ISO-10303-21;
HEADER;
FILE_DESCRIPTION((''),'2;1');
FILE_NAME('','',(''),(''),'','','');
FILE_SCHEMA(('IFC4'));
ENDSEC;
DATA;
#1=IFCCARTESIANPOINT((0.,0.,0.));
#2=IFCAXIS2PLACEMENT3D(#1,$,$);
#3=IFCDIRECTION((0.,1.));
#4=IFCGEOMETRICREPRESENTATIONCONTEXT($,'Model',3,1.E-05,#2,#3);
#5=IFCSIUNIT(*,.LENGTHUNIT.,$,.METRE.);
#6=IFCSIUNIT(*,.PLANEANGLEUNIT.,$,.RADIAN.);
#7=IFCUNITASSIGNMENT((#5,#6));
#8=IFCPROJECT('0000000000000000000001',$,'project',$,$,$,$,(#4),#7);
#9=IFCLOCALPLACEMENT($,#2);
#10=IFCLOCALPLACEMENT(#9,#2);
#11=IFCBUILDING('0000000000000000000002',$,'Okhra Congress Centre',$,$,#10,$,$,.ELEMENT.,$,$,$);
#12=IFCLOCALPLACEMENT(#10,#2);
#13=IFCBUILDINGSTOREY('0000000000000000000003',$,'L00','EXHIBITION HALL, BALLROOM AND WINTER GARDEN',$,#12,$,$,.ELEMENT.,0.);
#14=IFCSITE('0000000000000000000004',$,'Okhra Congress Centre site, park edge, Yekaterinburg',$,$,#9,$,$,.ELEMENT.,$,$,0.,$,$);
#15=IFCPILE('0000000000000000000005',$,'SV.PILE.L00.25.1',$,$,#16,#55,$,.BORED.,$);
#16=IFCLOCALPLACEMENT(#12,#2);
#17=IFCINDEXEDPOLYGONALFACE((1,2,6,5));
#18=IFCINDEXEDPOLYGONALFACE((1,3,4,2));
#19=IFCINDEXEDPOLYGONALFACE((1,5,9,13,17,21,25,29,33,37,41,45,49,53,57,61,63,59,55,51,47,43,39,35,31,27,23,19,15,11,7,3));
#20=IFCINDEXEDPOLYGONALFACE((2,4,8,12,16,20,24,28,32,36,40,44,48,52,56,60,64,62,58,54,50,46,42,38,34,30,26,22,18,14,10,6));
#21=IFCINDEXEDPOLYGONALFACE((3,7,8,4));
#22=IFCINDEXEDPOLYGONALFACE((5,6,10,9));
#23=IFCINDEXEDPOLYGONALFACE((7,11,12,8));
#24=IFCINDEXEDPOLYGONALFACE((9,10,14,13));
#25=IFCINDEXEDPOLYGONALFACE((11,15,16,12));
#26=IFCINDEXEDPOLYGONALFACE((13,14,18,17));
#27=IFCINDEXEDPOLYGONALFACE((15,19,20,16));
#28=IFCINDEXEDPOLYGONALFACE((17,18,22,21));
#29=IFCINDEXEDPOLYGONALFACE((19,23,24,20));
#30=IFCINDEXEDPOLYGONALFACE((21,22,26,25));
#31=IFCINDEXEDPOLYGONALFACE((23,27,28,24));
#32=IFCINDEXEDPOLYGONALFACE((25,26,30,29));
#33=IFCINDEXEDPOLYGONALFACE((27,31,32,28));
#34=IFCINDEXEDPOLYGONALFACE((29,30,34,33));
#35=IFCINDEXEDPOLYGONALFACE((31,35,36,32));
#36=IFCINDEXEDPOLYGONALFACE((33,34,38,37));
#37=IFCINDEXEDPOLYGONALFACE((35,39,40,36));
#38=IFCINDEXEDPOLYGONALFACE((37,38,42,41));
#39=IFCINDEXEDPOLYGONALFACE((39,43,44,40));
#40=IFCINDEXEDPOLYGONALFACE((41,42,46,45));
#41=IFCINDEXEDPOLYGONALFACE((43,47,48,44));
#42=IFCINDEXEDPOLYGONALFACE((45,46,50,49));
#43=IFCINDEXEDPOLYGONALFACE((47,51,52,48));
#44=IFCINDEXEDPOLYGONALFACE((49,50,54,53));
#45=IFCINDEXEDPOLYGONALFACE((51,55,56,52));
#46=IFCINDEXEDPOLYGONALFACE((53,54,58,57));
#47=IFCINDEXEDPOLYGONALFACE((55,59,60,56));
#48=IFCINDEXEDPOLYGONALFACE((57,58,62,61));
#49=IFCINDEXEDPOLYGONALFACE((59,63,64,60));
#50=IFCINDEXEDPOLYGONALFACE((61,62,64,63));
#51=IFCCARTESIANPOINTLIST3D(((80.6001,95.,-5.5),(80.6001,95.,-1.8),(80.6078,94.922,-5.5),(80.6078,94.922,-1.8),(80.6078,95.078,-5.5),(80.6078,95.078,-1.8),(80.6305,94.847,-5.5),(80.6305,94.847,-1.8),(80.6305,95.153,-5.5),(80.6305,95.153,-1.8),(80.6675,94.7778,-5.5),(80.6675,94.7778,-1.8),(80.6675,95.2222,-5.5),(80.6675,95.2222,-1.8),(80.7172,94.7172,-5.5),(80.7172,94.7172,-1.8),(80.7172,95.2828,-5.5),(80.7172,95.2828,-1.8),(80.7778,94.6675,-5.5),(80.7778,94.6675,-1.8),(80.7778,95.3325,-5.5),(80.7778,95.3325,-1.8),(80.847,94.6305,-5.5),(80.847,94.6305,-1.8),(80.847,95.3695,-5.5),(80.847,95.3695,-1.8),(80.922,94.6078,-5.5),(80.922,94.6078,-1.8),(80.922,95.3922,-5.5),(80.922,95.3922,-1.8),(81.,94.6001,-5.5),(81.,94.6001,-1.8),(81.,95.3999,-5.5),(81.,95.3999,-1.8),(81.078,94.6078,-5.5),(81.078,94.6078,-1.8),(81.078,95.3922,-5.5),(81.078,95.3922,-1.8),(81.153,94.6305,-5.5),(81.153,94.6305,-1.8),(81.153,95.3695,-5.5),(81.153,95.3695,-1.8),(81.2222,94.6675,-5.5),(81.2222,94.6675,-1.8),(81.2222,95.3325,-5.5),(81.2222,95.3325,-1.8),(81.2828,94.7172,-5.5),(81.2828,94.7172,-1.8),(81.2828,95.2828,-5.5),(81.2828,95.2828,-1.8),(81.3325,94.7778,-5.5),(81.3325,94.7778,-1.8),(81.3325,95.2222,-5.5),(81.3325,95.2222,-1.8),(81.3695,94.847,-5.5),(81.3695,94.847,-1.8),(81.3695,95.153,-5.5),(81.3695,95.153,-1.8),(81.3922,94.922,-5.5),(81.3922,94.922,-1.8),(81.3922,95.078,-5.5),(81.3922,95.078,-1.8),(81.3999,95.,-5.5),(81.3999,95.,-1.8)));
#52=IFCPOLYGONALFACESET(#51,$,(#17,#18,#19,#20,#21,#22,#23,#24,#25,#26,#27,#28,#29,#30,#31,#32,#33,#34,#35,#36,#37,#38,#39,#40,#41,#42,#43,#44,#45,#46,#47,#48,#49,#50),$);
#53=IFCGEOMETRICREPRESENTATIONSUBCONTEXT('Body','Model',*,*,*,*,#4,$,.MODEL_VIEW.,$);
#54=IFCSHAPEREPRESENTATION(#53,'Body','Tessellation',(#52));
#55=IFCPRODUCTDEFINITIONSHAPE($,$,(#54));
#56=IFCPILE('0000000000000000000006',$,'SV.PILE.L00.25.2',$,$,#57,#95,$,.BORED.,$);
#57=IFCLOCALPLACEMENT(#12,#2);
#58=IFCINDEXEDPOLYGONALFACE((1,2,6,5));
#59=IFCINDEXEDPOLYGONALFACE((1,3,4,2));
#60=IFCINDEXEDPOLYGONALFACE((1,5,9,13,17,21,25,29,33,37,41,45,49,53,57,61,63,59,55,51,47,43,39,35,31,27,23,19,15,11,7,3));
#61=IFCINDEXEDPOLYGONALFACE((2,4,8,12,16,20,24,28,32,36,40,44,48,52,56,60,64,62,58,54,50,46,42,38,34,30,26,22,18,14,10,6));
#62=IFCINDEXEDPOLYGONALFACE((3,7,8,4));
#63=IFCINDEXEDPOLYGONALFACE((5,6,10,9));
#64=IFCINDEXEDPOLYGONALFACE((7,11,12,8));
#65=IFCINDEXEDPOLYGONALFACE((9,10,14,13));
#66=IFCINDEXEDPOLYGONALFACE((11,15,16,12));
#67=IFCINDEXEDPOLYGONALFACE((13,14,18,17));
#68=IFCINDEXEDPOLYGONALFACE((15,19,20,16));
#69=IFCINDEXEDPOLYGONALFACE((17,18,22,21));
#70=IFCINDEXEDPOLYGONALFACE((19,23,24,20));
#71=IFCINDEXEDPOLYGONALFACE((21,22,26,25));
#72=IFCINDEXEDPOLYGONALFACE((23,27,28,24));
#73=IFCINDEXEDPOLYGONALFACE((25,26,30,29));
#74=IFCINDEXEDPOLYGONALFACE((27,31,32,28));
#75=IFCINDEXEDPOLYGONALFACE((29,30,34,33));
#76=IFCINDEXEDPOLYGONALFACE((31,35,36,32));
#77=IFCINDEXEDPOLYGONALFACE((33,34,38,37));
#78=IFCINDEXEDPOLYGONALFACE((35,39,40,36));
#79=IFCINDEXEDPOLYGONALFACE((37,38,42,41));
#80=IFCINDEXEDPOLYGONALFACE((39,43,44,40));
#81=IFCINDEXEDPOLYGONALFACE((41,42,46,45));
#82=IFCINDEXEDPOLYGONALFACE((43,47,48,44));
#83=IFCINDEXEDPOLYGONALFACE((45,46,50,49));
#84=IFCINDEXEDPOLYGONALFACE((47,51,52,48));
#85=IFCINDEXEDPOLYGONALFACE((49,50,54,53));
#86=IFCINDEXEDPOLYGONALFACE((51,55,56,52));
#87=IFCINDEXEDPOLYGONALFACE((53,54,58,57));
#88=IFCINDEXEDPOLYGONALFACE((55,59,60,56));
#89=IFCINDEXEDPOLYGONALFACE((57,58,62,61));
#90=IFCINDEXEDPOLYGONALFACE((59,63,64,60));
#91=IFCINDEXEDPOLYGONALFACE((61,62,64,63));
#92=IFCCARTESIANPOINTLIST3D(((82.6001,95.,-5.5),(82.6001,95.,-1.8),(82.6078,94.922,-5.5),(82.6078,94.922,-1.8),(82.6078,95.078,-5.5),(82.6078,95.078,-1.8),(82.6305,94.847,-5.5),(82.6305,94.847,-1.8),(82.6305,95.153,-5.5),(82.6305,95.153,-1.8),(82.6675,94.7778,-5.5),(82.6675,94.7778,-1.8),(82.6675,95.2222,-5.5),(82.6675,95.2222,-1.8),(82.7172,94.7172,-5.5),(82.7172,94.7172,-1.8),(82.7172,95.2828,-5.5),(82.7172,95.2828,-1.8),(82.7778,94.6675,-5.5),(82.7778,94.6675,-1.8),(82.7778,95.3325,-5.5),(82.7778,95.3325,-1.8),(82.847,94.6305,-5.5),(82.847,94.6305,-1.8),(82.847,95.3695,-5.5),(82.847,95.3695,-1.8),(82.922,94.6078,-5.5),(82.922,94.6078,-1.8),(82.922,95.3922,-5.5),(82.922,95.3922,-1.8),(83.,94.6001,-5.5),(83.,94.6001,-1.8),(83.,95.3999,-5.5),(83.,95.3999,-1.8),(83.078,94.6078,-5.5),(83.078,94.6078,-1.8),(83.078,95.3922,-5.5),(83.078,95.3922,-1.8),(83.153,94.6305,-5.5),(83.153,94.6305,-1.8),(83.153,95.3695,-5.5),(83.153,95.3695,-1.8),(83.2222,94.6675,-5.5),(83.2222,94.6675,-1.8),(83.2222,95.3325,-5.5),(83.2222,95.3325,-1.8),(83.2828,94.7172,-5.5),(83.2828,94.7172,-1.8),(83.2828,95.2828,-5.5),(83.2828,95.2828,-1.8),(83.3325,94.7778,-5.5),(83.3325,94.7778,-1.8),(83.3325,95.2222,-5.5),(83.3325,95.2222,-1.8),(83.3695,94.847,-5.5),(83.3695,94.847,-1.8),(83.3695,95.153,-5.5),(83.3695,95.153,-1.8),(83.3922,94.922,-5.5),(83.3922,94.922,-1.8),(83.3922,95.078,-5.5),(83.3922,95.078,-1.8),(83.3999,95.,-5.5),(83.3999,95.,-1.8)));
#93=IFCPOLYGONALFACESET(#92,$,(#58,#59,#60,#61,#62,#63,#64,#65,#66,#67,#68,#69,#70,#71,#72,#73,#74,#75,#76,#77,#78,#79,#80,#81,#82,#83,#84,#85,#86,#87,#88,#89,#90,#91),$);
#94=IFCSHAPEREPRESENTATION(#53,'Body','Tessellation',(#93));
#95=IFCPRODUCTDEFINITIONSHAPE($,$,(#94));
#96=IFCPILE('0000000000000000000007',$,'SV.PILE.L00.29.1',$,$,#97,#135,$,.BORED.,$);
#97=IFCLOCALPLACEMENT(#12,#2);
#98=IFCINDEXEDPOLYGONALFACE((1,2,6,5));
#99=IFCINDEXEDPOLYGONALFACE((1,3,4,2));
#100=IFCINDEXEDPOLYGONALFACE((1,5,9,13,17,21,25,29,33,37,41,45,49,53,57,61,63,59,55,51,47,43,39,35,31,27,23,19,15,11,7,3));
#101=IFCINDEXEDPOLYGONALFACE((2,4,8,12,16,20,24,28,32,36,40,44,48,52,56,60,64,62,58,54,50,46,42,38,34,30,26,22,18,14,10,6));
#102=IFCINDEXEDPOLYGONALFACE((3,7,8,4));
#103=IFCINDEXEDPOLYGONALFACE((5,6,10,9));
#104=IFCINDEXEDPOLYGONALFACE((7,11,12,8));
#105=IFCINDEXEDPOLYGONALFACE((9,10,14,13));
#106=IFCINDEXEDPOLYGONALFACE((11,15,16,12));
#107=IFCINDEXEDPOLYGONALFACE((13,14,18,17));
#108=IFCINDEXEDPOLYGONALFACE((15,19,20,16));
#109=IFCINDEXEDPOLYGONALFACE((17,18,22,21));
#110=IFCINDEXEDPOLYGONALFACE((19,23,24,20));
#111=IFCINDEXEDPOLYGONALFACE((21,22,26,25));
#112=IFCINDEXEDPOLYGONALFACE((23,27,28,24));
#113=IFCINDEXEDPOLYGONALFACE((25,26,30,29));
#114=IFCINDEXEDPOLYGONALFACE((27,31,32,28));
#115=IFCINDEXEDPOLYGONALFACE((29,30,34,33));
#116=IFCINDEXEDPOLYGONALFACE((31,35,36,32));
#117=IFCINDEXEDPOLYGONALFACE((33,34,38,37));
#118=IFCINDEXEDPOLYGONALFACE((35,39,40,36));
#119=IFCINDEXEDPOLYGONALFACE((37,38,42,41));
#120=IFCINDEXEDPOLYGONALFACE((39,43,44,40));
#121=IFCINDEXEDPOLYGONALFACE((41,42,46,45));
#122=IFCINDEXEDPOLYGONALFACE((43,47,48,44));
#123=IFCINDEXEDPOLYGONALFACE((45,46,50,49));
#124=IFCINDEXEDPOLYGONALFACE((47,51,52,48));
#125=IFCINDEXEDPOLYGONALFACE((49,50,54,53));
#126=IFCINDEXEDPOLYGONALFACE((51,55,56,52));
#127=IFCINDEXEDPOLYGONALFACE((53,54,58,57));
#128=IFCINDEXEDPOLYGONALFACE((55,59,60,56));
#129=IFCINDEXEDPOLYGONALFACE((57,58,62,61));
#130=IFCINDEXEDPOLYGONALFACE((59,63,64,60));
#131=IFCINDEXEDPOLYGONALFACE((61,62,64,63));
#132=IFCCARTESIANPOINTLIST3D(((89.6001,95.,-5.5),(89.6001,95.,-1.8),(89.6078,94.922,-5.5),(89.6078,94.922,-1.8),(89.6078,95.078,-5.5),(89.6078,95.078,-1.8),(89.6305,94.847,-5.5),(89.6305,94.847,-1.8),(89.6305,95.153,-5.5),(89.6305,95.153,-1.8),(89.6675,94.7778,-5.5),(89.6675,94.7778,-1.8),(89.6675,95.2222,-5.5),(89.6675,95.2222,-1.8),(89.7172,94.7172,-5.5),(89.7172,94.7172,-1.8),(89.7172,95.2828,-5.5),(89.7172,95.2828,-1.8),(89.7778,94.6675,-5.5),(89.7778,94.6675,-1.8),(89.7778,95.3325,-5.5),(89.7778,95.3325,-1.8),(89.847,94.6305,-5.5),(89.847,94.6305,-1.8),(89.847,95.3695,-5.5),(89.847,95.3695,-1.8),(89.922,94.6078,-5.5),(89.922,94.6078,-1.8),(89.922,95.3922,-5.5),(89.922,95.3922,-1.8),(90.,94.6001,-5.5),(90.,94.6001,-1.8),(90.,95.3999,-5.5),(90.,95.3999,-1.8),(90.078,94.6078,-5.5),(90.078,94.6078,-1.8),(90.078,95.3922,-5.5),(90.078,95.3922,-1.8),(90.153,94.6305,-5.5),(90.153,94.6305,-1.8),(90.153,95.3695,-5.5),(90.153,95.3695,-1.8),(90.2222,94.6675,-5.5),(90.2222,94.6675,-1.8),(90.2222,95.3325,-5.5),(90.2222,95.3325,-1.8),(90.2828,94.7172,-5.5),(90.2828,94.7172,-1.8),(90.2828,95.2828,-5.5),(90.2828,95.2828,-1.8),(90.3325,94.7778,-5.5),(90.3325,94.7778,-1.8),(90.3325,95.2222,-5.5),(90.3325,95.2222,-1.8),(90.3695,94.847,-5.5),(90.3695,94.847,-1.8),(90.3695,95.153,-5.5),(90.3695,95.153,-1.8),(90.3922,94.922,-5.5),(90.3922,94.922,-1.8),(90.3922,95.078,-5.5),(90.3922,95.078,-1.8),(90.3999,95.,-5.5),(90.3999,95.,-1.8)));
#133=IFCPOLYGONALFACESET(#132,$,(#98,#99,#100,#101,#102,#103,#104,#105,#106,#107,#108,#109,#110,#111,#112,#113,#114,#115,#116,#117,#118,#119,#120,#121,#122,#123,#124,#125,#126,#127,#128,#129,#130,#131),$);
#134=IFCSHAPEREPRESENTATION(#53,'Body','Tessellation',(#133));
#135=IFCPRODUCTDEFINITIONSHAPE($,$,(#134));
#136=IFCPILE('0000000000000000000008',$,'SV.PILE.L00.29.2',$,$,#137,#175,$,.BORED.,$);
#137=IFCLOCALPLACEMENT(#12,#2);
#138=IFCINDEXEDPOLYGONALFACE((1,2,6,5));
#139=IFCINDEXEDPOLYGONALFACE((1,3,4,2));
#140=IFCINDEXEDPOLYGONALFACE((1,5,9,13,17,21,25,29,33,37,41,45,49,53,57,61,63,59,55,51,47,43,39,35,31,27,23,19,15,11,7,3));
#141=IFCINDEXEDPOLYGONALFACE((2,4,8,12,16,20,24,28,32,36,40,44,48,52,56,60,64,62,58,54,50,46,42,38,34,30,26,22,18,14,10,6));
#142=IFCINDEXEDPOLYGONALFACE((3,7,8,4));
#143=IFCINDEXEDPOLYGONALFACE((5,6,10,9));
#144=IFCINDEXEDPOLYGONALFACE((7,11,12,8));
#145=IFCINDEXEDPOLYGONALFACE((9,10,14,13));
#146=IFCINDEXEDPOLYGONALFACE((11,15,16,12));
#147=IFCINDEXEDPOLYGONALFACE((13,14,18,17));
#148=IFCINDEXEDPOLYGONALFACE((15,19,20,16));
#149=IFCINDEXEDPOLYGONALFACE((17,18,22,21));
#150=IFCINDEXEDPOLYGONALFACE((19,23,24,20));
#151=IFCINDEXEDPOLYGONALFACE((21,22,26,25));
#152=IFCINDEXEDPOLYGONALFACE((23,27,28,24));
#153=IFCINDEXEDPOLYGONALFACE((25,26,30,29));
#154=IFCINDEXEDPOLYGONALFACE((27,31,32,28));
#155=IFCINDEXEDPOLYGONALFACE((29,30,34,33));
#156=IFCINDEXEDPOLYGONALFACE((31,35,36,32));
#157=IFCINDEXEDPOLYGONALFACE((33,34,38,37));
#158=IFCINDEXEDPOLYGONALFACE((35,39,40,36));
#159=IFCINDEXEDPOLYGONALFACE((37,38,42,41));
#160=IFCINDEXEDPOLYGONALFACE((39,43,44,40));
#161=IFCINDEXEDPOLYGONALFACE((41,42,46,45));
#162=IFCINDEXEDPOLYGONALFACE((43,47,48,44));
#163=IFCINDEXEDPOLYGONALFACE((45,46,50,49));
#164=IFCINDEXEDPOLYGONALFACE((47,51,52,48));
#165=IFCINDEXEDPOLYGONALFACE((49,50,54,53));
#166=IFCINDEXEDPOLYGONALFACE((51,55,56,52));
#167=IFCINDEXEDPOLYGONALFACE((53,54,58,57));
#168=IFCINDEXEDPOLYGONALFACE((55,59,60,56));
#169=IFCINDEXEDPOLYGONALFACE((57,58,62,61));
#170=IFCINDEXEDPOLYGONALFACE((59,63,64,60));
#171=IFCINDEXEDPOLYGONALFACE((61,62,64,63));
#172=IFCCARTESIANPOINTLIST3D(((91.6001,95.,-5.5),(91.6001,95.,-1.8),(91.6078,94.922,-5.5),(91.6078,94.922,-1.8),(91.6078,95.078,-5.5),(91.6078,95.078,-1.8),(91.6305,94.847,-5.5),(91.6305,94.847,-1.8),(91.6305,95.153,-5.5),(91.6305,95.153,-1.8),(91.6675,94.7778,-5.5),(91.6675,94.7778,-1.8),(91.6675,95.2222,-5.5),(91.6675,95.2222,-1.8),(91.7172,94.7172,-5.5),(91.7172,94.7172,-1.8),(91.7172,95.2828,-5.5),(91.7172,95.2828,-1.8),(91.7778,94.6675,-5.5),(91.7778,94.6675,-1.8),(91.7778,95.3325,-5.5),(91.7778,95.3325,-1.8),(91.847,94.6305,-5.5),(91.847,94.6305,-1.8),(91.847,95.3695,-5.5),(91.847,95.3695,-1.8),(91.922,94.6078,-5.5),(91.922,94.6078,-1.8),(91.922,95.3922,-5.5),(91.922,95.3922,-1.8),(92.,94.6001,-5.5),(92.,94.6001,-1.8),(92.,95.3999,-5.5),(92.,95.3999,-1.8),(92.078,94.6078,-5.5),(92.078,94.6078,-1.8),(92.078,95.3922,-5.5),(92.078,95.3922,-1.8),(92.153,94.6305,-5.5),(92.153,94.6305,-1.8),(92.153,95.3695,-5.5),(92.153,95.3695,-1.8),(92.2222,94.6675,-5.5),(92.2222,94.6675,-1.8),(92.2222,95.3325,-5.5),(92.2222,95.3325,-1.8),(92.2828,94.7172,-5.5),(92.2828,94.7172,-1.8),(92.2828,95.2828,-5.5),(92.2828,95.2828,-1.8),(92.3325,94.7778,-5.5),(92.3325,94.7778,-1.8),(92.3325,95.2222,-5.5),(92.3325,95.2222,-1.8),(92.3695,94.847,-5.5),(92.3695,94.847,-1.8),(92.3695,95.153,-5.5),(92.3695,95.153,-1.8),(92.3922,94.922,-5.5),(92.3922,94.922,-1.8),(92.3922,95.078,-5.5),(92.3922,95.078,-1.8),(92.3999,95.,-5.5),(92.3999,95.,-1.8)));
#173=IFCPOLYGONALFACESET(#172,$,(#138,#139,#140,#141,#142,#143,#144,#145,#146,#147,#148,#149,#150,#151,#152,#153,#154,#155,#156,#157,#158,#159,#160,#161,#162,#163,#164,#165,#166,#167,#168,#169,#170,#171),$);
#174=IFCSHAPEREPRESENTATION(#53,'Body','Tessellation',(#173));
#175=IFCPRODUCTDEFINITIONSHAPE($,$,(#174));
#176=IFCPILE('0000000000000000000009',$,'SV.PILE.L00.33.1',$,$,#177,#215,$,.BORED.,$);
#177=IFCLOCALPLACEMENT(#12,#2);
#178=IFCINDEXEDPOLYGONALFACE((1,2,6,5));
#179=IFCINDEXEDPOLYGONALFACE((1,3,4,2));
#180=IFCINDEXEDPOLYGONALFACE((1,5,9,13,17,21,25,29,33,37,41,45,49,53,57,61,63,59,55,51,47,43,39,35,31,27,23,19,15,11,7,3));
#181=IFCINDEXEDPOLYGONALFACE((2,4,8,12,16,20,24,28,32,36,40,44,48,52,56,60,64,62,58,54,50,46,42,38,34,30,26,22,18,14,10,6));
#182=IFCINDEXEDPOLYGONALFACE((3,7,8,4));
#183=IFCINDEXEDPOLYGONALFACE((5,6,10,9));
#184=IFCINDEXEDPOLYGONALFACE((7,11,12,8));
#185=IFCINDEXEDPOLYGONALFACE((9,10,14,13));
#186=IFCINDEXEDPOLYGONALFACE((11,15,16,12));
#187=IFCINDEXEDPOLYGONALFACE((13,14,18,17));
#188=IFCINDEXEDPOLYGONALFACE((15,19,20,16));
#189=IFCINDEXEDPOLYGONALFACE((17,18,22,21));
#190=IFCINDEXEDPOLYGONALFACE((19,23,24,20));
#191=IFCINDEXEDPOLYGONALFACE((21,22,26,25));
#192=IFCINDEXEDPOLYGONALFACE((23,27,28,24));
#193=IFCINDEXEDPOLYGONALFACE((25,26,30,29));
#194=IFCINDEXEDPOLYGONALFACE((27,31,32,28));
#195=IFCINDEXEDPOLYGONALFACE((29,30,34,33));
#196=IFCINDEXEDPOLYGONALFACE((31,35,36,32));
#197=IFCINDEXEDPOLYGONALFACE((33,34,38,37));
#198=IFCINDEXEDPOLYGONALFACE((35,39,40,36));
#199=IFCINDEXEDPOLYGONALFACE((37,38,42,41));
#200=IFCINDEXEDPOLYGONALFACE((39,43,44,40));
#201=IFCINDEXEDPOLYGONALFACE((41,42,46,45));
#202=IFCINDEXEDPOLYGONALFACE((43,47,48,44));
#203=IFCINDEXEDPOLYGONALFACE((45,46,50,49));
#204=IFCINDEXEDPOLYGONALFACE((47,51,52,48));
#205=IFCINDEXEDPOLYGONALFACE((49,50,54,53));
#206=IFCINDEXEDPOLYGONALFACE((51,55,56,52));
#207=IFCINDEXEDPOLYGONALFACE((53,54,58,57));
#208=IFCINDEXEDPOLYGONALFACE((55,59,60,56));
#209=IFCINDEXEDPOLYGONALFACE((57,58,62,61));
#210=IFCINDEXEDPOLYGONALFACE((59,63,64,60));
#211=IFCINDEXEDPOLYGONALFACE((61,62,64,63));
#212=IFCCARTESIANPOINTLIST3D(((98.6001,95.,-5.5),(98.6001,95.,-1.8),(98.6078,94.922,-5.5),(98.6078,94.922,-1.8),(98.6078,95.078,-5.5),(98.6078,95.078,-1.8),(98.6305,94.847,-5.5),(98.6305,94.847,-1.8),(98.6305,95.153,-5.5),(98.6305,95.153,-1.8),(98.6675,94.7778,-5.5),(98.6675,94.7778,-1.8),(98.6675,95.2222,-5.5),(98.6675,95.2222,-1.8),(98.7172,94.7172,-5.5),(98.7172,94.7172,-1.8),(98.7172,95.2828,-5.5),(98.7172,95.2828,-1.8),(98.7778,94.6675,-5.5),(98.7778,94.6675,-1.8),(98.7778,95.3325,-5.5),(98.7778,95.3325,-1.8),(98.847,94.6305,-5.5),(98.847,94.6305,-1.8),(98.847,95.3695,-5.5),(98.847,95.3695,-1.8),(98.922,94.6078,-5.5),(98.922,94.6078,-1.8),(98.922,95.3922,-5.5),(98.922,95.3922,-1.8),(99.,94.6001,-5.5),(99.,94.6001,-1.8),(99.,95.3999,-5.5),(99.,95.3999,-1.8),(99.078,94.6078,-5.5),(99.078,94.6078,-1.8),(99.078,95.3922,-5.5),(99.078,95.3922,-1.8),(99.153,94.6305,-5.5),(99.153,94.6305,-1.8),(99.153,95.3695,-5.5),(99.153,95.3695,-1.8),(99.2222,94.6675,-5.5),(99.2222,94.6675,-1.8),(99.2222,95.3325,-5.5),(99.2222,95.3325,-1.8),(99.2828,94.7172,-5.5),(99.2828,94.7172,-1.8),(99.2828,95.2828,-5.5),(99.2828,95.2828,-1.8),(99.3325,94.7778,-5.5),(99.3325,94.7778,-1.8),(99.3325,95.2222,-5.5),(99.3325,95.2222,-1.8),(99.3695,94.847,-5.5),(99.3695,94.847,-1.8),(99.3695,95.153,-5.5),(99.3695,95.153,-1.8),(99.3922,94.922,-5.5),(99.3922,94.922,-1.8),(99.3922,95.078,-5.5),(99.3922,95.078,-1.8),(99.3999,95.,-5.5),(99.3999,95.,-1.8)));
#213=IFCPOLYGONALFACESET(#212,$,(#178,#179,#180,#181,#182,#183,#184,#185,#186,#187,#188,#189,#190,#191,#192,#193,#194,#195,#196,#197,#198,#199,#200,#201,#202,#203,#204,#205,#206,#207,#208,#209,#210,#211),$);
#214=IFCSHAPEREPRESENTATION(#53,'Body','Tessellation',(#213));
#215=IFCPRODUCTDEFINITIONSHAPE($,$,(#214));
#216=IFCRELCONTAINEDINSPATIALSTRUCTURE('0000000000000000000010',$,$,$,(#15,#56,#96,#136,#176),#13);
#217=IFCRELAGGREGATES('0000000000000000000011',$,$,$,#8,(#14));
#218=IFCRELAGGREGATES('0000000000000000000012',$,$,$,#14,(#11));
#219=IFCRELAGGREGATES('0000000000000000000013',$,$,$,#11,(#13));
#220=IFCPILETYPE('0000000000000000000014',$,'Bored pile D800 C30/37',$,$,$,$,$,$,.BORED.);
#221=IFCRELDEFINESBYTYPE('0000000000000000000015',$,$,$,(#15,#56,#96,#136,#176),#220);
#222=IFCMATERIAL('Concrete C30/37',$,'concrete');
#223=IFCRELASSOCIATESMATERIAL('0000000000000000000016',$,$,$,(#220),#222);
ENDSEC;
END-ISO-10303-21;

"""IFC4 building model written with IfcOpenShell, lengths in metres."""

from ifc_helpers import new_model, si_unit, direction, frame, origin, origin_2d, place, context, subcontext, project, spatial, circle, extrude, material, material_profile, profile_set, type_object, element, save


model = new_model("IFC4")

# Units and contexts
model_context = context("Model", 3, precision=1e-05, world=origin(), true_north=direction((0.0, 1.0)))
body_context = subcontext(model_context, "Body", "Model", "MODEL_VIEW")
ifc_project = project(units=[si_unit("LENGTHUNIT", "METRE"), si_unit("PLANEANGLEUNIT", "RADIAN")], contexts=[model_context])

# Site, building, storey
site_placement = place(None, origin())
site = spatial("IfcSite", under=ifc_project, at=site_placement, Name="Okhra Congress Centre site, park edge, Yekaterinburg", CompositionType="ELEMENT", RefElevation=0.0)
building_placement = place(site_placement, origin())
building = spatial("IfcBuilding", under=site, at=building_placement, Name="Okhra Congress Centre", CompositionType="ELEMENT")
storey_placement = place(building_placement, origin())
storey = spatial("IfcBuildingStorey", under=building, at=storey_placement, Name="L00", Description="EXHIBITION HALL, BALLROOM AND WINTER GARDEN", CompositionType="ELEMENT", Elevation=0.0)

# Piles
ifc_material_1 = material(Name="Concrete C30/37", Category="concrete")
ifc_material_profile_1 = material_profile(ifc_material_1, circle(Radius=0.3999, at=origin_2d()), Name="D800")
ifc_profile_set_1 = profile_set([ifc_material_profile_1], Name="Concrete C30/37")
pile_type = type_object("IfcPileType", Name="Bored pile D800 C30/37", PredefinedType="BORED", material=ifc_profile_set_1)
for number, where, z_axis, x_axis, name in (
    (1, (81.0, 95.0, -1.8), (0.0, 0.0, -1.0), (1.0, 0.0, 0.0), "SV.PILE.L00.25.1"),
    (2, (83.0, 95.0, -1.8), (0.0, 0.0, -1.0), (1.0, 0.0, 0.0), "SV.PILE.L00.25.2"),
    (3, (90.0, 95.0, -1.8), (0.0, 0.0, -1.0), (1.0, 0.0, 0.0), "SV.PILE.L00.29.1"),
    (4, (92.0, 95.0, -1.8), (0.0, 0.0, -1.0), (1.0, 0.0, 0.0), "SV.PILE.L00.29.2"),
    (5, (99.0, 95.0, -1.8), (0.0, 0.0, -1.0), (1.0, 0.0, 0.0), "SV.PILE.L00.33.1"),
):
    element("IfcPile", number, at=place(storey_placement, frame(where, z_axis=z_axis, x_axis=x_axis)), inside=storey, type_object=pile_type, Name=name, PredefinedType="BORED", context=body_context, shape_type="SweptSolid", body=[
        extrude(circle(Radius=0.3999, at=origin_2d()), origin(), (0.0, 0.0, 1.0), 3.7),
    ])

save(model, "model.ifc")
